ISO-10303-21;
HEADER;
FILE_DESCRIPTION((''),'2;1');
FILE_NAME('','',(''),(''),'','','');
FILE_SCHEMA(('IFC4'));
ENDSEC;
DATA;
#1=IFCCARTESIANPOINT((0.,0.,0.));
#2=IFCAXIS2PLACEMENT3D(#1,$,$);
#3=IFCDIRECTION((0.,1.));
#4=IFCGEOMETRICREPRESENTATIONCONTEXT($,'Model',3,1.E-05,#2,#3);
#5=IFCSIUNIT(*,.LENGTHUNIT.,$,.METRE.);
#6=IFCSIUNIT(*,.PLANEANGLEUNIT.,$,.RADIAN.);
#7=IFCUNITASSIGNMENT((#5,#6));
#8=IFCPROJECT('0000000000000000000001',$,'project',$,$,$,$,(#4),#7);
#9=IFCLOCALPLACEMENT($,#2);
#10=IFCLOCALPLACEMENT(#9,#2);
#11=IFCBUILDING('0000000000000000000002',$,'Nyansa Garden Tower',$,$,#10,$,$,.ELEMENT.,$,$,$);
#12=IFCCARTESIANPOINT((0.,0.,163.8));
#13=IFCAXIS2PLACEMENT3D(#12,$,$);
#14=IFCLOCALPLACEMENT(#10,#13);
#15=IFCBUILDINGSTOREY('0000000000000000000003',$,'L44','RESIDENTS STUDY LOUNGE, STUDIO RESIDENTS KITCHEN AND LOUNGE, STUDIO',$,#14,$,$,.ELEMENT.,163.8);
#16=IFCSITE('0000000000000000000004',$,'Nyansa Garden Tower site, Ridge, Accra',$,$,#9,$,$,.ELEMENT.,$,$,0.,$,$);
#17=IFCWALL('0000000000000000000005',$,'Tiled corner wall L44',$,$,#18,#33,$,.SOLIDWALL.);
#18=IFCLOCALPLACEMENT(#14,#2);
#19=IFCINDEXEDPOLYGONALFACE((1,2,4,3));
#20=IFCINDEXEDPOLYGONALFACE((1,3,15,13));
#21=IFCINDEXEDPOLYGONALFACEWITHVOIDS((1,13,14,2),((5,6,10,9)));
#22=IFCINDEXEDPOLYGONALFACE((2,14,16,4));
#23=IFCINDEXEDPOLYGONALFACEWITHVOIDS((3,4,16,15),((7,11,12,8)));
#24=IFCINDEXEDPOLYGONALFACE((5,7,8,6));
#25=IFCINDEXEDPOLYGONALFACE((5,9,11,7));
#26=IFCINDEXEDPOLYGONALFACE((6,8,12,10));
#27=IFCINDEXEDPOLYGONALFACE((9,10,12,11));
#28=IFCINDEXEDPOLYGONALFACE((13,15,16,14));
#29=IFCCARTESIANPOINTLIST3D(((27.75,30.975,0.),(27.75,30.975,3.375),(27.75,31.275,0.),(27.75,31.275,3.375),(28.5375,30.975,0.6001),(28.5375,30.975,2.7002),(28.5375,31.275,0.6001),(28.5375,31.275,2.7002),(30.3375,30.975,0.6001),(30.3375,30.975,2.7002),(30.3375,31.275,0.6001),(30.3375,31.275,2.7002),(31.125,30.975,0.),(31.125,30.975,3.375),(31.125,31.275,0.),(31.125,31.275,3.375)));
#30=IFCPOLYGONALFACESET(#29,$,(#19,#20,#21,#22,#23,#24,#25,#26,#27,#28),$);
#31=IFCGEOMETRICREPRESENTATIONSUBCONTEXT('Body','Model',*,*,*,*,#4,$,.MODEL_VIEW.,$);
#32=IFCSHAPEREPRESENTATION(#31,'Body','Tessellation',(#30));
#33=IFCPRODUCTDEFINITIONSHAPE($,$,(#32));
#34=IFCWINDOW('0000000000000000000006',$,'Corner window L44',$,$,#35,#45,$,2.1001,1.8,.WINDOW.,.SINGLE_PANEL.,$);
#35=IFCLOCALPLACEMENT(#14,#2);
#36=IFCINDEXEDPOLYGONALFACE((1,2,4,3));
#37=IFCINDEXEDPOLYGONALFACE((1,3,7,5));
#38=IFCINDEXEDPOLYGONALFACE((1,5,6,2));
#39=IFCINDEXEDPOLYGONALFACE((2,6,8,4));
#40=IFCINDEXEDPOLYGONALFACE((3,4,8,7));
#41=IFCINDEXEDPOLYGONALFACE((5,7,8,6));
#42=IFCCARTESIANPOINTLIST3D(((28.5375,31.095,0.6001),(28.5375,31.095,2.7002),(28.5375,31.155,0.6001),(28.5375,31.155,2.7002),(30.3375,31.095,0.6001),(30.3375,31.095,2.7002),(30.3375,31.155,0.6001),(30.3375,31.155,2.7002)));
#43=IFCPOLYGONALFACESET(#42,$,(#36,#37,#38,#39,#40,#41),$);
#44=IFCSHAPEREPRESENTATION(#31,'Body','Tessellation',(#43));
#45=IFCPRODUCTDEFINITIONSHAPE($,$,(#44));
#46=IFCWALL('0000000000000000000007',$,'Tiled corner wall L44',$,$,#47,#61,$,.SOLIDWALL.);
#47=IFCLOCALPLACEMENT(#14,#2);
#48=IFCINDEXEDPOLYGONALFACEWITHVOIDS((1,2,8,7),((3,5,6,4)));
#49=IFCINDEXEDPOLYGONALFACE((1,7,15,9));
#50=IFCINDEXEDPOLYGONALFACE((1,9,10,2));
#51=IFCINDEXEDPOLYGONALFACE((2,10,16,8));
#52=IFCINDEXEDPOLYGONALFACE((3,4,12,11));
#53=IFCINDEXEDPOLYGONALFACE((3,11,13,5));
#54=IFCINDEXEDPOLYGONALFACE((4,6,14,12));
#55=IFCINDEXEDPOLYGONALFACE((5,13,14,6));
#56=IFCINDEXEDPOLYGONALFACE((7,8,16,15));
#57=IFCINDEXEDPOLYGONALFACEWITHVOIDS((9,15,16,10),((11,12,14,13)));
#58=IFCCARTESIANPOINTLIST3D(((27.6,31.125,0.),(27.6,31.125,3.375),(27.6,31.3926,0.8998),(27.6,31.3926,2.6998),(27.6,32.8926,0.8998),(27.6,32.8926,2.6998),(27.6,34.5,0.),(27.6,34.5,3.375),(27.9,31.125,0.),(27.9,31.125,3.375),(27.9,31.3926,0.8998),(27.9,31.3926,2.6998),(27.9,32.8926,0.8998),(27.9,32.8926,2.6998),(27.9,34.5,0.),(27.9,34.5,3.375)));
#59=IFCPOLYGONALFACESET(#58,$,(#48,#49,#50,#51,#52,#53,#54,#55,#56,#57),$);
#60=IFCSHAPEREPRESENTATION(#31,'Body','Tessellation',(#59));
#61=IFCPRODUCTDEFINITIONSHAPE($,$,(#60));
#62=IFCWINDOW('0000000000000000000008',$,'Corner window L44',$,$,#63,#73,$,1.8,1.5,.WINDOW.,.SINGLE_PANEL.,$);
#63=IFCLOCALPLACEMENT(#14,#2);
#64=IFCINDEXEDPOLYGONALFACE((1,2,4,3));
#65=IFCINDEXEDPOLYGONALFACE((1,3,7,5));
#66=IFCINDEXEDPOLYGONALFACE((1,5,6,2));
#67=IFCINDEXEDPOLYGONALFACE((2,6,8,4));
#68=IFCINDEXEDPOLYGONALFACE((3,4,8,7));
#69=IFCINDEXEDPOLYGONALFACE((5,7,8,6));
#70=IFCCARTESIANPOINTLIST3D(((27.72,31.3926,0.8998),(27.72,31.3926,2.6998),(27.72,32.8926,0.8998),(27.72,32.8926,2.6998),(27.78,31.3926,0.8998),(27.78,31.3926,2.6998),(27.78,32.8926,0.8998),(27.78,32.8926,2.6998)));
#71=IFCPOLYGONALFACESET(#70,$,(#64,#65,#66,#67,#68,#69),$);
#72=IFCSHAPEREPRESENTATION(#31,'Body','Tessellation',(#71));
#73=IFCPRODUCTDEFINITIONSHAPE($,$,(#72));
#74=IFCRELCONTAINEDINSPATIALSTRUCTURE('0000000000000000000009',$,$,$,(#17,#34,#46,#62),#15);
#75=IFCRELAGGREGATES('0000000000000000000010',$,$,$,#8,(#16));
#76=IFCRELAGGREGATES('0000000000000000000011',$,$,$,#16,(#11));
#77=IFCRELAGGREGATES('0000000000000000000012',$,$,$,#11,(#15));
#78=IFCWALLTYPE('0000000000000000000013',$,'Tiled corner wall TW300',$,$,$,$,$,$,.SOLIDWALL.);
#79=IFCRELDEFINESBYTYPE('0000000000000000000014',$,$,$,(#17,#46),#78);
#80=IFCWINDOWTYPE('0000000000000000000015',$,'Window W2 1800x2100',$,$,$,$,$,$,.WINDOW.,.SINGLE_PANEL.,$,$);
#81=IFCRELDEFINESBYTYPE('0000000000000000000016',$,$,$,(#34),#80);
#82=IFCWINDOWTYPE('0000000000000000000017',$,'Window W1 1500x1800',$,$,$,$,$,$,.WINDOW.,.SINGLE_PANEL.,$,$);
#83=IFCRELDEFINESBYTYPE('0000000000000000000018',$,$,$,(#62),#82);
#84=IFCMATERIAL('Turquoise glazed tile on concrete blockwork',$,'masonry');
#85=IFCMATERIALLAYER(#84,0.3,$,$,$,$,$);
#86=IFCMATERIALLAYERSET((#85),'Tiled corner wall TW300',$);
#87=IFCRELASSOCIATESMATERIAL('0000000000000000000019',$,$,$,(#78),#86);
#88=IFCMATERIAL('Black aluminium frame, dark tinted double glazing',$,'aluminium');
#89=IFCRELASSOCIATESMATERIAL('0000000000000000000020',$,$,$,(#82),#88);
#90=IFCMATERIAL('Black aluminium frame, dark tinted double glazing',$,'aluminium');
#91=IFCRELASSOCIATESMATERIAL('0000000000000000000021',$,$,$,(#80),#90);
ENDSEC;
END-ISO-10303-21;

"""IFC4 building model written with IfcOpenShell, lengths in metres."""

from ifc_helpers import new_model, si_unit, direction, frame, frame_2d, origin, place, context, subcontext, project, spatial, rectangle, extrude, material, layer, layer_set, type_object, element, fill, save


model = new_model("IFC4")

# Units and contexts
model_context = context("Model", 3, precision=1e-05, world=origin(), true_north=direction((0.0, 1.0)))
body_context = subcontext(model_context, "Body", "Model", "MODEL_VIEW")
ifc_project = project(units=[si_unit("LENGTHUNIT", "METRE"), si_unit("PLANEANGLEUNIT", "RADIAN")], contexts=[model_context])

# Site, building, storey
site_placement = place(None, origin())
site = spatial("IfcSite", under=ifc_project, at=site_placement, Name="Nyansa Garden Tower site, Ridge, Accra", CompositionType="ELEMENT", RefElevation=0.0)
building_placement = place(site_placement, origin())
building = spatial("IfcBuilding", under=site, at=building_placement, Name="Nyansa Garden Tower", CompositionType="ELEMENT")
storey_placement = place(building_placement, frame((0.0, 0.0, 163.8)))
storey = spatial("IfcBuildingStorey", under=building, at=storey_placement, Name="L44", Description="RESIDENTS STUDY LOUNGE, STUDIO RESIDENTS KITCHEN AND LOUNGE, STUDIO", CompositionType="ELEMENT", Elevation=163.8)

# Walls, openings, windows
ifc_material_1 = material(Name="Turquoise glazed tile on concrete blockwork", Category="masonry")
ifc_layer_1 = layer(ifc_material_1, 0.3)
ifc_layer_set_1 = layer_set([ifc_layer_1], Name="Tiled corner wall TW300")
wall_type_1 = type_object("IfcWallType", Name="Tiled corner wall TW300", PredefinedType="SOLIDWALL", material=ifc_layer_set_1)
ifc_material_2 = material(Name="Black aluminium frame, dark tinted double glazing", Category="aluminium")
window_type_1 = type_object("IfcWindowType", Name="Window W1 1500x1800", PartitioningType="SINGLE_PANEL", PredefinedType="WINDOW", material=ifc_material_2)
wall_1_placement = place(storey_placement, frame((31.125, 31.125, 0.0), z_axis=(0.0, 0.0, 1.0), x_axis=(-1.0, 0.0, 0.0)))
wall_1 = element("IfcWall", 1, at=wall_1_placement, inside=storey, type_object=wall_type_1, Name="Tiled corner wall L44", PredefinedType="SOLIDWALL", context=body_context, shape_type="SweptSolid", body=[
    extrude(rectangle(XDim=3.375, YDim=0.3, at=frame_2d((1.6875, 0.0))), origin(), (0.0, 0.0, 1.0), 3.375),
])
opening_1_placement = place(wall_1_placement, frame((0.7876, 0.0, 0.6001)))
opening_1 = element("IfcOpeningElement", 2, at=opening_1_placement, cuts=wall_1, PredefinedType="OPENING", context=body_context, shape_type="SweptSolid", body=[
    extrude(rectangle(XDim=1.8, YDim=2.1001, at=frame_2d((0.8999, 1.05))), frame((0.0, 0.1599, 0.0), z_axis=(0.0, -1.0, 0.0), x_axis=(1.0, 0.0, 0.0)), (0.0, 0.0, 1.0), 0.3201),
])
ifc_material_3 = material(Name="Black aluminium frame, dark tinted double glazing", Category="aluminium")
window_type_2 = type_object("IfcWindowType", Name="Window W2 1800x2100", PartitioningType="SINGLE_PANEL", PredefinedType="WINDOW", material=ifc_material_3)
window_1_placement = place(opening_1_placement, origin())
window_1 = element("IfcWindow", 3, at=window_1_placement, inside=storey, type_object=window_type_2, Name="Corner window L44", OverallHeight=2.1001, OverallWidth=1.8, PartitioningType="SINGLE_PANEL", PredefinedType="WINDOW", context=body_context, shape_type="SweptSolid", body=[
    extrude(rectangle(XDim=1.8, YDim=2.1001, at=frame_2d((0.8999, 1.05))), frame((0.0, 0.03, 0.0), z_axis=(0.0, -1.0, 0.0), x_axis=(1.0, 0.0, 0.0)), (0.0, 0.0, 1.0), 0.0601),
])
fill(opening_1, window_1)
wall_2_placement = place(storey_placement, frame((27.75, 31.125, 0.0), z_axis=(0.0, 0.0, 1.0), x_axis=(0.0, 1.0, 0.0)))
wall_2 = element("IfcWall", 4, at=wall_2_placement, inside=storey, type_object=wall_type_1, Name="Tiled corner wall L44", PredefinedType="SOLIDWALL", context=body_context, shape_type="SweptSolid", body=[
    extrude(rectangle(XDim=3.375, YDim=0.3, at=frame_2d((1.6875, 0.0))), origin(), (0.0, 0.0, 1.0), 3.375),
])
opening_2_placement = place(wall_2_placement, frame((0.2676, 0.0, 0.8999)))
opening_2 = element("IfcOpeningElement", 5, at=opening_2_placement, cuts=wall_2, PredefinedType="OPENING", context=body_context, shape_type="SweptSolid", body=[
    extrude(rectangle(XDim=1.5, YDim=1.8, at=frame_2d((0.75, 0.8999))), frame((0.0, 0.1599, 0.0), z_axis=(0.0, -1.0, 0.0), x_axis=(1.0, 0.0, 0.0)), (0.0, 0.0, 1.0), 0.3201),
])
window_2_placement = place(opening_2_placement, origin())
window_2 = element("IfcWindow", 6, at=window_2_placement, inside=storey, type_object=window_type_1, Name="Corner window L44", OverallHeight=1.8, OverallWidth=1.5, PartitioningType="SINGLE_PANEL", PredefinedType="WINDOW", context=body_context, shape_type="SweptSolid", body=[
    extrude(rectangle(XDim=1.5, YDim=1.8, at=frame_2d((0.75, 0.8999))), frame((0.0, 0.03, 0.0), z_axis=(0.0, -1.0, 0.0), x_axis=(1.0, 0.0, 0.0)), (0.0, 0.0, 1.0), 0.0601),
])
fill(opening_2, window_2)

save(model, "model.ifc")
